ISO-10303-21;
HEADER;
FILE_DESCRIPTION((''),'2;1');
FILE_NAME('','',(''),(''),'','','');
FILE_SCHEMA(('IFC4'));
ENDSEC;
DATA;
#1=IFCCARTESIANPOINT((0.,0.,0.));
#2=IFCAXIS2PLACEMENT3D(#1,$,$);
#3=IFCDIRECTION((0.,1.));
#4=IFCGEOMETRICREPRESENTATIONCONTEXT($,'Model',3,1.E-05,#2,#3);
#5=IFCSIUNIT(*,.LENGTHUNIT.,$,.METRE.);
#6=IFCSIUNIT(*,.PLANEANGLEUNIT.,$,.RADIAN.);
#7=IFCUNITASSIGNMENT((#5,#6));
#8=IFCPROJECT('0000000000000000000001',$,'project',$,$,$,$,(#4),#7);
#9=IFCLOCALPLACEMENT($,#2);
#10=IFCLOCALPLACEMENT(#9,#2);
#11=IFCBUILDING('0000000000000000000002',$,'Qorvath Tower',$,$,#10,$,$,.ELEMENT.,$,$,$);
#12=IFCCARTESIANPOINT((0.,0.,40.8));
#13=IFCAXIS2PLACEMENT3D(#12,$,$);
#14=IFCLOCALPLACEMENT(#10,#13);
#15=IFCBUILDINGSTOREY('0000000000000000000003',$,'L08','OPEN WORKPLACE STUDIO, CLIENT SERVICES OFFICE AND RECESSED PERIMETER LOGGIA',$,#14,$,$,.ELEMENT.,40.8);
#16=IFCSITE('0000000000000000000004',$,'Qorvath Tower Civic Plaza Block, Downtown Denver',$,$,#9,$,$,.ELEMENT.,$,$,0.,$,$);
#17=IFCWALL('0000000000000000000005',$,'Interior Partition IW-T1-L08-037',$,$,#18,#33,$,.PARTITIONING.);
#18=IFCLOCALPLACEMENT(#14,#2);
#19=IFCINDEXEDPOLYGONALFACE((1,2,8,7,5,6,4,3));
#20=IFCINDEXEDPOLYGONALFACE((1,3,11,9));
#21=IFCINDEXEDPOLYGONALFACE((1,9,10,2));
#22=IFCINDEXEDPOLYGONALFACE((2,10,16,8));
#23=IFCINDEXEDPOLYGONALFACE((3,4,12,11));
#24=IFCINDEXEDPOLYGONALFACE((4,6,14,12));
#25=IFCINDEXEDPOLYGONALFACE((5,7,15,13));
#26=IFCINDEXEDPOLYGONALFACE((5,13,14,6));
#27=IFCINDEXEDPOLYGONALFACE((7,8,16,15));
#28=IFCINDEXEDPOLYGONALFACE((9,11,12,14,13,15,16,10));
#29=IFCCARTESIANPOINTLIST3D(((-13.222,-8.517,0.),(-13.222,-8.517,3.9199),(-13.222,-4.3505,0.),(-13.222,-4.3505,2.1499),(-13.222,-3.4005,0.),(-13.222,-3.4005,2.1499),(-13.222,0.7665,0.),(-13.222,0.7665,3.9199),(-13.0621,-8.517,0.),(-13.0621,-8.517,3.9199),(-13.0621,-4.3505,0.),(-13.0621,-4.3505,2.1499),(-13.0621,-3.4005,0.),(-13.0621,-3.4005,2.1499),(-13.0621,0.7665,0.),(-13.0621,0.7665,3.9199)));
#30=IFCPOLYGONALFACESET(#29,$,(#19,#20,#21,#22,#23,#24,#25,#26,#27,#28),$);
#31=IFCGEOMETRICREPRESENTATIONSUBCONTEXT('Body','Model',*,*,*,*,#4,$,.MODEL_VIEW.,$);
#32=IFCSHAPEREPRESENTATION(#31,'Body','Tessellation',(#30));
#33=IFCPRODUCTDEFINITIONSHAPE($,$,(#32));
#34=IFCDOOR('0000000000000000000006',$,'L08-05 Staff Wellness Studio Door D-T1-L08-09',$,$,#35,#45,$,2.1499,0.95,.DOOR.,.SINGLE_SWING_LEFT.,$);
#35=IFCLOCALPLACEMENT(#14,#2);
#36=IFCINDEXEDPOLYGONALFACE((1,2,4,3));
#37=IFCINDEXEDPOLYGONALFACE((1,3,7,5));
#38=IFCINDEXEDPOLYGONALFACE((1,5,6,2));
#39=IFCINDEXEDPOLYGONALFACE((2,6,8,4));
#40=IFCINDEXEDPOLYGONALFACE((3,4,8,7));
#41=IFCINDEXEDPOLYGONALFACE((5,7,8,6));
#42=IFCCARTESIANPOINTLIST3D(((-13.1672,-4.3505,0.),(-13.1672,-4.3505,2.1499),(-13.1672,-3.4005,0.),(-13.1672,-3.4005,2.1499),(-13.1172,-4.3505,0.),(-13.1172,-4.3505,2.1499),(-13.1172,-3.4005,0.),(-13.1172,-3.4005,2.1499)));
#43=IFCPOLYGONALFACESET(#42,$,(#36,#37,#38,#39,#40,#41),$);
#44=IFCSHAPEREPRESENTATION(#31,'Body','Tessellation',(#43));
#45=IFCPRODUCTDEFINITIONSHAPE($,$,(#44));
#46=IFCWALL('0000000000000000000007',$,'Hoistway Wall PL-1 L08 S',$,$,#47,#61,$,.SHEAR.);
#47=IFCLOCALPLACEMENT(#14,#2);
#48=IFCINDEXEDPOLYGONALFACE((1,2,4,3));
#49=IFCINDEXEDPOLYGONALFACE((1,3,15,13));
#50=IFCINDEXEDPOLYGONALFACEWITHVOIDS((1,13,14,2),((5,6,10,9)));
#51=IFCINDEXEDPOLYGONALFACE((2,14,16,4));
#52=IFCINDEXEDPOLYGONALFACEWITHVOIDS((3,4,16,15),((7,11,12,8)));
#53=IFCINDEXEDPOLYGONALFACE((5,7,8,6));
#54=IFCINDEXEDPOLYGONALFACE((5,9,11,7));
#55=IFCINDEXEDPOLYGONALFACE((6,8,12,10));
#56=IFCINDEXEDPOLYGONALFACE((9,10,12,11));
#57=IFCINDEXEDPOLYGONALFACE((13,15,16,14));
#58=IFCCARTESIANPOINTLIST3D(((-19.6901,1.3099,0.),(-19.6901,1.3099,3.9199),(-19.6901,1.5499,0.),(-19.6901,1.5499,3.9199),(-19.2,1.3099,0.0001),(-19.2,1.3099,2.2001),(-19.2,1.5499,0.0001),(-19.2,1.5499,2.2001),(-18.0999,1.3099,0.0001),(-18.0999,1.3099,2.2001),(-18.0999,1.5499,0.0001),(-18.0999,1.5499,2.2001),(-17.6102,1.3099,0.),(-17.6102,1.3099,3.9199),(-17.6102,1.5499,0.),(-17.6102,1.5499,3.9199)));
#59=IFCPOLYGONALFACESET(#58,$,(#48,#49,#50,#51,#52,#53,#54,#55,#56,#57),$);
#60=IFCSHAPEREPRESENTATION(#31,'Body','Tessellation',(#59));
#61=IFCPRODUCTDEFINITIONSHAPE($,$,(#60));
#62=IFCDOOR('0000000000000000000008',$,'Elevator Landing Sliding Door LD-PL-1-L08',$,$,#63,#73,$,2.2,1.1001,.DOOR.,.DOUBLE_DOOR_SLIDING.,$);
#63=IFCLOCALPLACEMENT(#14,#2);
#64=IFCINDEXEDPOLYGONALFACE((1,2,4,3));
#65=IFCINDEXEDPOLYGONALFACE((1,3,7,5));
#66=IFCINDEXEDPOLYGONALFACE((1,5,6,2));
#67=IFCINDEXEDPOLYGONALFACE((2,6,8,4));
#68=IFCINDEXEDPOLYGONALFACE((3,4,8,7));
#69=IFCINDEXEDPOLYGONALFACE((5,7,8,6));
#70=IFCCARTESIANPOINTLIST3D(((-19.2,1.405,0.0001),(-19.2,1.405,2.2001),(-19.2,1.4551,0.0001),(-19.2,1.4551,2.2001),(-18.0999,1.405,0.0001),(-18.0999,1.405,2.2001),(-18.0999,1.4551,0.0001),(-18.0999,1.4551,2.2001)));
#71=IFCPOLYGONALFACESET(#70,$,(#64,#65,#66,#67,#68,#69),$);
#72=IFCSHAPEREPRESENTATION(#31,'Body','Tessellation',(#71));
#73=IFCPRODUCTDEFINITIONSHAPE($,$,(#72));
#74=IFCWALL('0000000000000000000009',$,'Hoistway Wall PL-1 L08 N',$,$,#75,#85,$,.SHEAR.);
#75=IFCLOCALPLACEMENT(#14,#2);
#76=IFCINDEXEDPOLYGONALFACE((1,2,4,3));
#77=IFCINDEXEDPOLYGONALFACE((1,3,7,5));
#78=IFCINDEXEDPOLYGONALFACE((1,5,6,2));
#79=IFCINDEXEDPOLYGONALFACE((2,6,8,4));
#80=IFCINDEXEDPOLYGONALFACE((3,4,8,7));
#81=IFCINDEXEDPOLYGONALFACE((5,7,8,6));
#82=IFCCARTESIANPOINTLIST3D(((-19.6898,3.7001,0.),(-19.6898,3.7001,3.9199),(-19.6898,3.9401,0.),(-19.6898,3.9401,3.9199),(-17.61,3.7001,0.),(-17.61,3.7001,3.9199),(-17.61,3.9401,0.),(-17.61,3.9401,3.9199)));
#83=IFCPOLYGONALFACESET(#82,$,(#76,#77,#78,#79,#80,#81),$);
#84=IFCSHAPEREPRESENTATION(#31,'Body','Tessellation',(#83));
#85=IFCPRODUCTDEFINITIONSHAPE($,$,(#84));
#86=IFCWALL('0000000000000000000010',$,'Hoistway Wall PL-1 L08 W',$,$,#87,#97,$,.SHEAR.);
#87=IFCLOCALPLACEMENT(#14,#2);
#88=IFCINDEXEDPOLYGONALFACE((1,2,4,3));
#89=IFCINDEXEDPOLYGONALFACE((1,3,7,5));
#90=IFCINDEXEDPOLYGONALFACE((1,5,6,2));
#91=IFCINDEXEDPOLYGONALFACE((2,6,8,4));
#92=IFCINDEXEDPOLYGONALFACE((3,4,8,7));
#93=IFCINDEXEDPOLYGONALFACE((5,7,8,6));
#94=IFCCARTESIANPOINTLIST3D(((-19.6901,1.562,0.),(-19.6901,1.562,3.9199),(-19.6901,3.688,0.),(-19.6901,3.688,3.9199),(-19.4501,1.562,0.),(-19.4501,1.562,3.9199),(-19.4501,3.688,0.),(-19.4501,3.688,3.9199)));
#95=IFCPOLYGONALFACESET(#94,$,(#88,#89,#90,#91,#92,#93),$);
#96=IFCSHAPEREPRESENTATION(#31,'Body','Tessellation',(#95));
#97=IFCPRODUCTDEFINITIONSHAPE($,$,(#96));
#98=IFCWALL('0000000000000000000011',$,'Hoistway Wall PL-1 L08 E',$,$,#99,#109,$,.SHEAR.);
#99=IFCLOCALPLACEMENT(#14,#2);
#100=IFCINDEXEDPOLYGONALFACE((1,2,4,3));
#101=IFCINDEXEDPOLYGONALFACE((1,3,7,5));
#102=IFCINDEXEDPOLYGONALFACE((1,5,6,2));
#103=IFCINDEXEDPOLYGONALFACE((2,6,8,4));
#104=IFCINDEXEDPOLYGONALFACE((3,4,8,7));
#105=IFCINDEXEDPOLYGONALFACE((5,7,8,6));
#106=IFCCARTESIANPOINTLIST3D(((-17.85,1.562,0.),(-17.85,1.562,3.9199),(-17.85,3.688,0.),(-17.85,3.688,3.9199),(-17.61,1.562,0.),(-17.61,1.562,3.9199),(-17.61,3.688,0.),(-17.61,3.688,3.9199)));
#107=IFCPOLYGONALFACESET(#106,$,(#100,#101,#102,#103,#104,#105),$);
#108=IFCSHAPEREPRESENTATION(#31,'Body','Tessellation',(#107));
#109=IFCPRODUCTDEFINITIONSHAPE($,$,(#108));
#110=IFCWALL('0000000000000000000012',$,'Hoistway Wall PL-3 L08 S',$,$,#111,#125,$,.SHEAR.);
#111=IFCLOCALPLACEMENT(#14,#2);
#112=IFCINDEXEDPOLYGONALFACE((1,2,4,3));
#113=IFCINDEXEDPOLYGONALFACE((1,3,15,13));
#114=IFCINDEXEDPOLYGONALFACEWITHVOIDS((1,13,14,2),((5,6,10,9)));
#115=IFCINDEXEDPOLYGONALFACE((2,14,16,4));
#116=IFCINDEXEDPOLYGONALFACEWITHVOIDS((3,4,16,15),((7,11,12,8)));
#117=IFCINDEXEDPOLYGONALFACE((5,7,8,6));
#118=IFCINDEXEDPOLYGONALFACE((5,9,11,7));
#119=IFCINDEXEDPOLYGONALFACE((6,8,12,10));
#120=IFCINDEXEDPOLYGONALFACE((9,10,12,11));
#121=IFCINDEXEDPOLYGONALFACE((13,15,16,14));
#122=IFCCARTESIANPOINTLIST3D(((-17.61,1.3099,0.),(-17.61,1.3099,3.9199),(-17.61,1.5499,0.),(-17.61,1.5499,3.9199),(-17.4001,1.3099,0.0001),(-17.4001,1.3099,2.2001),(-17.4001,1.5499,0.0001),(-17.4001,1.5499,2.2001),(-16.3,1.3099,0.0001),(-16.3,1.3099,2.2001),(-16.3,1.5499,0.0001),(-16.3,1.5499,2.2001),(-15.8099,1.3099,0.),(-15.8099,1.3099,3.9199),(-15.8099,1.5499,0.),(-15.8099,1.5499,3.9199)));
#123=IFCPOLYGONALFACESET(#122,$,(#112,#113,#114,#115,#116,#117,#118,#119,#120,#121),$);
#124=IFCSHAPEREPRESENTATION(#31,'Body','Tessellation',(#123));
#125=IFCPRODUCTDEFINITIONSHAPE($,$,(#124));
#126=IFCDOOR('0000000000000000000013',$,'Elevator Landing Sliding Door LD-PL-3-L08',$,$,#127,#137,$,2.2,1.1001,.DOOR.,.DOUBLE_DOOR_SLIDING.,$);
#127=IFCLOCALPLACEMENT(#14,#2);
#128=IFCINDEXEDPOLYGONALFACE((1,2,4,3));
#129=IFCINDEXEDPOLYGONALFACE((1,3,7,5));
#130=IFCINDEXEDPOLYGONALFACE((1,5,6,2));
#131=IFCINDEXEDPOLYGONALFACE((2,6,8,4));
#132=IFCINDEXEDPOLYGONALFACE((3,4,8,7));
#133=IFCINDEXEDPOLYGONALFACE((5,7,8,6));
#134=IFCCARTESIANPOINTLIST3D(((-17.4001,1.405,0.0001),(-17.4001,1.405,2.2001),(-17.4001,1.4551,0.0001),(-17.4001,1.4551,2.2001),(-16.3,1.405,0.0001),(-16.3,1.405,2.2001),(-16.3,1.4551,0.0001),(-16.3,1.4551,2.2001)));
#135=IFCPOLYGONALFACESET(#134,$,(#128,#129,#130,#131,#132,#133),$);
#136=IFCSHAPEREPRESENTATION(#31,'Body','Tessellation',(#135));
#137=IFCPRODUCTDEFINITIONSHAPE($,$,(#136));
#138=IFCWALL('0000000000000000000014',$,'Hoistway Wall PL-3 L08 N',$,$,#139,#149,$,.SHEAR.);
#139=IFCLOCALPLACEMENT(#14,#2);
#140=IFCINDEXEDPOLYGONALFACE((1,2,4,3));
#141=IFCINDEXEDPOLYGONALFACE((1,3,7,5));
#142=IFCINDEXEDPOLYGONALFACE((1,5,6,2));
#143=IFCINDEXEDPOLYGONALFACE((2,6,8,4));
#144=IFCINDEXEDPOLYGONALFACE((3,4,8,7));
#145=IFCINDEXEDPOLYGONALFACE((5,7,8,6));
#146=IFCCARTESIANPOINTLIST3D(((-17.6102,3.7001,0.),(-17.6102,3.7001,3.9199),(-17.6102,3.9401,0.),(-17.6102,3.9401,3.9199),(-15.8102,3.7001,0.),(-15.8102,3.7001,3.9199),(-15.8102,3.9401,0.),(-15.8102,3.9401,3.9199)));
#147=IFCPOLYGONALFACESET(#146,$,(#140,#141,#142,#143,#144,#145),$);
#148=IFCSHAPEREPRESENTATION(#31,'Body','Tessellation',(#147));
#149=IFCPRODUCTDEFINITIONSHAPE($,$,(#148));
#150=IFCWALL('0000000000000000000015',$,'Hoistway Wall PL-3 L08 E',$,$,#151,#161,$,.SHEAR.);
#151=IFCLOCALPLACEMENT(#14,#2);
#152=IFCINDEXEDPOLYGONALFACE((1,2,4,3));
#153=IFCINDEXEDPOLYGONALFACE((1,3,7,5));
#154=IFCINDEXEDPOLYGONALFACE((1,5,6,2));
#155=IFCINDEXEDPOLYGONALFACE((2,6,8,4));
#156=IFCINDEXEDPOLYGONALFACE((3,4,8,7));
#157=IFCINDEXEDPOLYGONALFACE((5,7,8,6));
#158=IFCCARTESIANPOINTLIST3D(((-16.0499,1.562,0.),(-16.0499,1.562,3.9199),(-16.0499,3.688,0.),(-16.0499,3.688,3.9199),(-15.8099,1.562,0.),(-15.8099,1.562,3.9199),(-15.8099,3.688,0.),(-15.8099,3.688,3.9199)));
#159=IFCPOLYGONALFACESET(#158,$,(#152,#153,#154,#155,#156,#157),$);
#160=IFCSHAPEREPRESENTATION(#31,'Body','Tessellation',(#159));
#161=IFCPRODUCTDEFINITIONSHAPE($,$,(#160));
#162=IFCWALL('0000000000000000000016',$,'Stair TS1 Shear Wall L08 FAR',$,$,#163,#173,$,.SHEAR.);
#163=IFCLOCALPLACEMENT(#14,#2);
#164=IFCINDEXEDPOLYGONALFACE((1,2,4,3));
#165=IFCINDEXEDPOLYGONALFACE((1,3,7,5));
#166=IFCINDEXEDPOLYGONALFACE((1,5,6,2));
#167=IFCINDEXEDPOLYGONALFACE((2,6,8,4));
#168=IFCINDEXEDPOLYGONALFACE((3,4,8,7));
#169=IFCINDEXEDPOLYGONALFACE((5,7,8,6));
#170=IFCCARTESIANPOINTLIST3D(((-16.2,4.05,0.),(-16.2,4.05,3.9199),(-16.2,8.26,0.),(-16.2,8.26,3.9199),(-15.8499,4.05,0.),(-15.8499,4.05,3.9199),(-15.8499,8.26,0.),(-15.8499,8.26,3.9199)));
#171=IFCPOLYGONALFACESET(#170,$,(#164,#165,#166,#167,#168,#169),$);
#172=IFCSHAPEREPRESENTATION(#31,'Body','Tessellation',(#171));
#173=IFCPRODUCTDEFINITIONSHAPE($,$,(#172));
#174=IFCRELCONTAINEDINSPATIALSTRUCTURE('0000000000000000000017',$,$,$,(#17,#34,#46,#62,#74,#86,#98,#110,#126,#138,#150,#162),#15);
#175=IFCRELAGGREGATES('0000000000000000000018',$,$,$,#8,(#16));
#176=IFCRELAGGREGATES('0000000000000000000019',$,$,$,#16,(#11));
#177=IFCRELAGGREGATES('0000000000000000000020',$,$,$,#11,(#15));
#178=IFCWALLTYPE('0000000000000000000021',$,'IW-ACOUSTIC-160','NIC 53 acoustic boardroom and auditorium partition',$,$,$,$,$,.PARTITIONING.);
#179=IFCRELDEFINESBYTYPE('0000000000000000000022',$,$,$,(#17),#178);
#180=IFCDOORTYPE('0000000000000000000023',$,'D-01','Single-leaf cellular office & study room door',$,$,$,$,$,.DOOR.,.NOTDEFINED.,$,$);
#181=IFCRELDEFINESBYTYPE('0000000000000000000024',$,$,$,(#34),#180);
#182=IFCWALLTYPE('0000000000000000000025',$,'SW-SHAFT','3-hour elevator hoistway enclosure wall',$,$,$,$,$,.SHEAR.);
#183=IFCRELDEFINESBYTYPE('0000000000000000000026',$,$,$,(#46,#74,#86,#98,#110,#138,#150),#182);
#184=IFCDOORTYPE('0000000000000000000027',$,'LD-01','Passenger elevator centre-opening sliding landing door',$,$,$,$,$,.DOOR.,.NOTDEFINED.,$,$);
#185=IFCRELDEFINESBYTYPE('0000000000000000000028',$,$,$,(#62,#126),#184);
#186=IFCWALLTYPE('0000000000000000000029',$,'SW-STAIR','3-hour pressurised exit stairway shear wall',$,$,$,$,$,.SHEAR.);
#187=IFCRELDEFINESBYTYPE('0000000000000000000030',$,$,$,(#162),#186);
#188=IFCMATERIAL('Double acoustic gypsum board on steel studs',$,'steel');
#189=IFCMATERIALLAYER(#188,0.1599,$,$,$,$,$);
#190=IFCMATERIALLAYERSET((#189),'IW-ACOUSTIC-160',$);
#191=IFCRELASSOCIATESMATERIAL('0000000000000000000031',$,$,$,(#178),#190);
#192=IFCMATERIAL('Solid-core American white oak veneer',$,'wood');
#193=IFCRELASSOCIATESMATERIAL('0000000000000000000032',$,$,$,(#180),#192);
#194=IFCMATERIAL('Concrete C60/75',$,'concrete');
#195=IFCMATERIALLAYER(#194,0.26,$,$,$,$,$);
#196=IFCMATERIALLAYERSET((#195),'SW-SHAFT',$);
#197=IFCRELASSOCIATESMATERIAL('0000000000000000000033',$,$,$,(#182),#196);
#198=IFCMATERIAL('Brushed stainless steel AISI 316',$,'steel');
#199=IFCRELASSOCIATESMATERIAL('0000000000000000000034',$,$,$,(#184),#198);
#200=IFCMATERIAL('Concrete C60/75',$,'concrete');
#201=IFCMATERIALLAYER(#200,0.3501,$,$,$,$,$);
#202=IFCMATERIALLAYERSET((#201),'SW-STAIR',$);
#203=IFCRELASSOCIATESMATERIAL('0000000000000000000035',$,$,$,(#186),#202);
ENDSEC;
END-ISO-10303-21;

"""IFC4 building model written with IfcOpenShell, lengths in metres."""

from ifc_helpers import new_model, si_unit, direction, frame, frame_2d, origin, place, context, subcontext, project, spatial, rectangle, extrude, material, layer, layer_set, type_object, element, fill, save


model = new_model("IFC4")

# Units and contexts
model_context = context("Model", 3, precision=1e-05, world=origin(), true_north=direction((0.0, 1.0)))
body_context = subcontext(model_context, "Body", "Model", "MODEL_VIEW")
ifc_project = project(units=[si_unit("LENGTHUNIT", "METRE"), si_unit("PLANEANGLEUNIT", "RADIAN")], contexts=[model_context])

# Site, building, storey
site_placement = place(None, origin())
site = spatial("IfcSite", under=ifc_project, at=site_placement, Name="Qorvath Tower Civic Plaza Block, Downtown Denver", CompositionType="ELEMENT", RefElevation=0.0)
building_placement = place(site_placement, origin())
building = spatial("IfcBuilding", under=site, at=building_placement, Name="Qorvath Tower", CompositionType="ELEMENT")
storey_placement = place(building_placement, frame((0.0, 0.0, 40.8)))
storey = spatial("IfcBuildingStorey", under=building, at=storey_placement, Name="L08", Description="OPEN WORKPLACE STUDIO, CLIENT SERVICES OFFICE AND RECESSED PERIMETER LOGGIA", CompositionType="ELEMENT", Elevation=40.8)

# Walls, openings, doors
ifc_material_1 = material(Name="Double acoustic gypsum board on steel studs", Category="steel")
ifc_layer_1 = layer(ifc_material_1, 0.1599)
ifc_layer_set_1 = layer_set([ifc_layer_1], Name="IW-ACOUSTIC-160")
wall_type_1 = type_object("IfcWallType", Name="IW-ACOUSTIC-160", Description="NIC 53 acoustic boardroom and auditorium partition", PredefinedType="PARTITIONING", material=ifc_layer_set_1)
wall_1_placement = place(storey_placement, frame((-13.1421, 0.7664, 0.0), z_axis=(0.0, 0.0, 1.0), x_axis=(0.0, -1.0, 0.0)))
wall_1 = element("IfcWall", 1, at=wall_1_placement, inside=storey, type_object=wall_type_1, Name="Interior Partition IW-T1-L08-037", PredefinedType="PARTITIONING", context=body_context, shape_type="SweptSolid", body=[
    extrude(rectangle(XDim=9.2834, YDim=0.1599, at=frame_2d((4.6416, 0.0))), origin(), (0.0, 0.0, 1.0), 3.9199),
])
opening_1_placement = place(wall_1_placement, frame((4.1667, 0.0, 0.0)))
opening_1 = element("IfcOpeningElement", 2, at=opening_1_placement, cuts=wall_1, PredefinedType="OPENING", context=body_context, shape_type="SweptSolid", body=[
    extrude(rectangle(XDim=0.95, YDim=2.1499, at=frame_2d((0.4751, 1.075))), frame((0.0, 0.0898, 0.0), z_axis=(0.0, -1.0, 0.0), x_axis=(1.0, 0.0, 0.0)), (0.0, 0.0, 1.0), 0.1799),
])
ifc_material_2 = material(Name="Solid-core American white oak veneer", Category="wood")
door_type_1 = type_object("IfcDoorType", Name="D-01", Description="Single-leaf cellular office & study room door", OperationType="NOTDEFINED", PredefinedType="DOOR", material=ifc_material_2)
door_1_placement = place(opening_1_placement, origin())
door_1 = element("IfcDoor", 3, at=door_1_placement, inside=storey, type_object=door_type_1, Name="L08-05 Staff Wellness Studio Door D-T1-L08-09", OperationType="SINGLE_SWING_LEFT", OverallHeight=2.1499, OverallWidth=0.95, PredefinedType="DOOR", context=body_context, shape_type="SweptSolid", body=[
    extrude(rectangle(XDim=0.95, YDim=2.1499, at=frame_2d((0.4751, 1.075))), frame((0.0, 0.0249, 0.0), z_axis=(0.0, -1.0, 0.0), x_axis=(1.0, 0.0, 0.0)), (0.0, 0.0, 1.0), 0.05),
])
fill(opening_1, door_1)
ifc_material_3 = material(Name="Concrete C60/75", Category="concrete")
ifc_layer_2 = layer(ifc_material_3, 0.26)
ifc_layer_set_2 = layer_set([ifc_layer_2], Name="SW-SHAFT")
wall_type_2 = type_object("IfcWallType", Name="SW-SHAFT", Description="3-hour elevator hoistway enclosure wall", PredefinedType="SHEAR", material=ifc_layer_set_2)
wall_2_placement = place(storey_placement, frame((-17.6101, 1.4299, 0.0), z_axis=(0.0, 0.0, 1.0), x_axis=(-1.0, 0.0, 0.0)))
wall_2 = element("IfcWall", 4, at=wall_2_placement, inside=storey, type_object=wall_type_2, Name="Hoistway Wall PL-1 L08 S", PredefinedType="SHEAR", context=body_context, shape_type="SweptSolid", body=[
    extrude(rectangle(XDim=2.0798, YDim=0.24, at=frame_2d((1.04, 0.0))), origin(), (0.0, 0.0, 1.0), 3.9199),
])
opening_2_placement = place(wall_2_placement, frame((0.4897, 0.0, 0.0)))
opening_2 = element("IfcOpeningElement", 5, at=opening_2_placement, cuts=wall_2, PredefinedType="OPENING", context=body_context, shape_type="SweptSolid", body=[
    extrude(rectangle(XDim=1.1001, YDim=2.2, at=frame_2d((0.55, 1.1001))), frame((0.0, 0.1299, 0.0), z_axis=(0.0, -1.0, 0.0), x_axis=(1.0, 0.0, 0.0)), (0.0, 0.0, 1.0), 0.26),
])
ifc_material_4 = material(Name="Brushed stainless steel AISI 316", Category="steel")
door_type_2 = type_object("IfcDoorType", Name="LD-01", Description="Passenger elevator centre-opening sliding landing door", OperationType="NOTDEFINED", PredefinedType="DOOR", material=ifc_material_4)
door_2_placement = place(opening_2_placement, origin())
door_2 = element("IfcDoor", 6, at=door_2_placement, inside=storey, type_object=door_type_2, Name="Elevator Landing Sliding Door LD-PL-1-L08", OperationType="DOUBLE_DOOR_SLIDING", OverallHeight=2.2, OverallWidth=1.1001, PredefinedType="DOOR", context=body_context, shape_type="SweptSolid", body=[
    extrude(rectangle(XDim=1.1001, YDim=2.2, at=frame_2d((0.55, 1.1001))), frame((0.0, 0.0249, 0.0), z_axis=(0.0, -1.0, 0.0), x_axis=(1.0, 0.0, 0.0)), (0.0, 0.0, 1.0), 0.05),
])
fill(opening_2, door_2)

# Walls
wall_3_placement = place(storey_placement, frame((-19.6899, 3.8201, 0.0), z_axis=(0.0, 0.0, 1.0), x_axis=(1.0, 0.0, 0.0)))
element("IfcWall", 7, at=wall_3_placement, inside=storey, type_object=wall_type_2, Name="Hoistway Wall PL-1 L08 N", PredefinedType="SHEAR", context=body_context, shape_type="SweptSolid", body=[
    extrude(rectangle(XDim=2.0798, YDim=0.24, at=frame_2d((1.04, 0.0))), origin(), (0.0, 0.0, 1.0), 3.9199),
])
for number, where, z_axis, x_axis, name in (
    (8, (-19.5701, 1.562, 0.0), (0.0, 0.0, 1.0), (0.0, 1.0, 0.0), "Hoistway Wall PL-1 L08 W"),
    (9, (-17.73, 3.688, 0.0), (0.0, 0.0, 1.0), (0.0, -1.0, 0.0), "Hoistway Wall PL-1 L08 E"),
):
    element("IfcWall", number, at=place(storey_placement, frame(where, z_axis=z_axis, x_axis=x_axis)), inside=storey, type_object=wall_type_2, Name=name, PredefinedType="SHEAR", context=body_context, shape_type="SweptSolid", body=[
        extrude(rectangle(XDim=2.126, YDim=0.24, at=frame_2d((1.063, 0.0))), origin(), (0.0, 0.0, 1.0), 3.9199),
    ])

# Wall, opening, door
wall_4_placement = place(storey_placement, frame((-15.8101, 1.4299, 0.0), z_axis=(0.0, 0.0, 1.0), x_axis=(-1.0, 0.0, 0.0)))
wall_4 = element("IfcWall", 10, at=wall_4_placement, inside=storey, type_object=wall_type_2, Name="Hoistway Wall PL-3 L08 S", PredefinedType="SHEAR", context=body_context, shape_type="SweptSolid", body=[
    extrude(rectangle(XDim=1.8, YDim=0.24, at=frame_2d((0.8999, 0.0))), origin(), (0.0, 0.0, 1.0), 3.9199),
])
opening_3_placement = place(wall_4_placement, frame((0.49, 0.0, 0.0)))
opening_3 = element("IfcOpeningElement", 11, at=opening_3_placement, cuts=wall_4, PredefinedType="OPENING", context=body_context, shape_type="SweptSolid", body=[
    extrude(rectangle(XDim=1.1001, YDim=2.2, at=frame_2d((0.55, 1.1001))), frame((0.0, 0.1299, 0.0), z_axis=(0.0, -1.0, 0.0), x_axis=(1.0, 0.0, 0.0)), (0.0, 0.0, 1.0), 0.26),
])
door_3_placement = place(opening_3_placement, origin())
door_3 = element("IfcDoor", 12, at=door_3_placement, inside=storey, type_object=door_type_2, Name="Elevator Landing Sliding Door LD-PL-3-L08", OperationType="DOUBLE_DOOR_SLIDING", OverallHeight=2.2, OverallWidth=1.1001, PredefinedType="DOOR", context=body_context, shape_type="SweptSolid", body=[
    extrude(rectangle(XDim=1.1001, YDim=2.2, at=frame_2d((0.55, 1.1001))), frame((0.0, 0.0249, 0.0), z_axis=(0.0, -1.0, 0.0), x_axis=(1.0, 0.0, 0.0)), (0.0, 0.0, 1.0), 0.05),
])
fill(opening_3, door_3)

# Walls
wall_5_placement = place(storey_placement, frame((-17.6101, 3.8201, 0.0), z_axis=(0.0, 0.0, 1.0), x_axis=(1.0, 0.0, 0.0)))
element("IfcWall", 13, at=wall_5_placement, inside=storey, type_object=wall_type_2, Name="Hoistway Wall PL-3 L08 N", PredefinedType="SHEAR", context=body_context, shape_type="SweptSolid", body=[
    extrude(rectangle(XDim=1.8, YDim=0.24, at=frame_2d((0.8999, 0.0))), origin(), (0.0, 0.0, 1.0), 3.9199),
])
wall_6_placement = place(storey_placement, frame((-15.9299, 3.688, 0.0), z_axis=(0.0, 0.0, 1.0), x_axis=(0.0, -1.0, 0.0)))
element("IfcWall", 14, at=wall_6_placement, inside=storey, type_object=wall_type_2, Name="Hoistway Wall PL-3 L08 E", PredefinedType="SHEAR", context=body_context, shape_type="SweptSolid", body=[
    extrude(rectangle(XDim=2.126, YDim=0.24, at=frame_2d((1.063, 0.0))), origin(), (0.0, 0.0, 1.0), 3.9199),
])
ifc_material_5 = material(Name="Concrete C60/75", Category="concrete")
ifc_layer_3 = layer(ifc_material_5, 0.3501)
ifc_layer_set_3 = layer_set([ifc_layer_3], Name="SW-STAIR")
wall_type_3 = type_object("IfcWallType", Name="SW-STAIR", Description="3-hour pressurised exit stairway shear wall", PredefinedType="SHEAR", material=ifc_layer_set_3)
wall_7_placement = place(storey_placement, frame((-16.0249, 4.05, 0.0), z_axis=(0.0, 0.0, 1.0), x_axis=(0.0, 1.0, 0.0)))
element("IfcWall", 15, at=wall_7_placement, inside=storey, type_object=wall_type_3, Name="Stair TS1 Shear Wall L08 FAR", PredefinedType="SHEAR", context=body_context, shape_type="SweptSolid", body=[
    extrude(rectangle(XDim=4.21, YDim=0.3501, at=frame_2d((2.105, 0.0))), origin(), (0.0, 0.0, 1.0), 3.9199),
])

save(model, "model.ifc")
